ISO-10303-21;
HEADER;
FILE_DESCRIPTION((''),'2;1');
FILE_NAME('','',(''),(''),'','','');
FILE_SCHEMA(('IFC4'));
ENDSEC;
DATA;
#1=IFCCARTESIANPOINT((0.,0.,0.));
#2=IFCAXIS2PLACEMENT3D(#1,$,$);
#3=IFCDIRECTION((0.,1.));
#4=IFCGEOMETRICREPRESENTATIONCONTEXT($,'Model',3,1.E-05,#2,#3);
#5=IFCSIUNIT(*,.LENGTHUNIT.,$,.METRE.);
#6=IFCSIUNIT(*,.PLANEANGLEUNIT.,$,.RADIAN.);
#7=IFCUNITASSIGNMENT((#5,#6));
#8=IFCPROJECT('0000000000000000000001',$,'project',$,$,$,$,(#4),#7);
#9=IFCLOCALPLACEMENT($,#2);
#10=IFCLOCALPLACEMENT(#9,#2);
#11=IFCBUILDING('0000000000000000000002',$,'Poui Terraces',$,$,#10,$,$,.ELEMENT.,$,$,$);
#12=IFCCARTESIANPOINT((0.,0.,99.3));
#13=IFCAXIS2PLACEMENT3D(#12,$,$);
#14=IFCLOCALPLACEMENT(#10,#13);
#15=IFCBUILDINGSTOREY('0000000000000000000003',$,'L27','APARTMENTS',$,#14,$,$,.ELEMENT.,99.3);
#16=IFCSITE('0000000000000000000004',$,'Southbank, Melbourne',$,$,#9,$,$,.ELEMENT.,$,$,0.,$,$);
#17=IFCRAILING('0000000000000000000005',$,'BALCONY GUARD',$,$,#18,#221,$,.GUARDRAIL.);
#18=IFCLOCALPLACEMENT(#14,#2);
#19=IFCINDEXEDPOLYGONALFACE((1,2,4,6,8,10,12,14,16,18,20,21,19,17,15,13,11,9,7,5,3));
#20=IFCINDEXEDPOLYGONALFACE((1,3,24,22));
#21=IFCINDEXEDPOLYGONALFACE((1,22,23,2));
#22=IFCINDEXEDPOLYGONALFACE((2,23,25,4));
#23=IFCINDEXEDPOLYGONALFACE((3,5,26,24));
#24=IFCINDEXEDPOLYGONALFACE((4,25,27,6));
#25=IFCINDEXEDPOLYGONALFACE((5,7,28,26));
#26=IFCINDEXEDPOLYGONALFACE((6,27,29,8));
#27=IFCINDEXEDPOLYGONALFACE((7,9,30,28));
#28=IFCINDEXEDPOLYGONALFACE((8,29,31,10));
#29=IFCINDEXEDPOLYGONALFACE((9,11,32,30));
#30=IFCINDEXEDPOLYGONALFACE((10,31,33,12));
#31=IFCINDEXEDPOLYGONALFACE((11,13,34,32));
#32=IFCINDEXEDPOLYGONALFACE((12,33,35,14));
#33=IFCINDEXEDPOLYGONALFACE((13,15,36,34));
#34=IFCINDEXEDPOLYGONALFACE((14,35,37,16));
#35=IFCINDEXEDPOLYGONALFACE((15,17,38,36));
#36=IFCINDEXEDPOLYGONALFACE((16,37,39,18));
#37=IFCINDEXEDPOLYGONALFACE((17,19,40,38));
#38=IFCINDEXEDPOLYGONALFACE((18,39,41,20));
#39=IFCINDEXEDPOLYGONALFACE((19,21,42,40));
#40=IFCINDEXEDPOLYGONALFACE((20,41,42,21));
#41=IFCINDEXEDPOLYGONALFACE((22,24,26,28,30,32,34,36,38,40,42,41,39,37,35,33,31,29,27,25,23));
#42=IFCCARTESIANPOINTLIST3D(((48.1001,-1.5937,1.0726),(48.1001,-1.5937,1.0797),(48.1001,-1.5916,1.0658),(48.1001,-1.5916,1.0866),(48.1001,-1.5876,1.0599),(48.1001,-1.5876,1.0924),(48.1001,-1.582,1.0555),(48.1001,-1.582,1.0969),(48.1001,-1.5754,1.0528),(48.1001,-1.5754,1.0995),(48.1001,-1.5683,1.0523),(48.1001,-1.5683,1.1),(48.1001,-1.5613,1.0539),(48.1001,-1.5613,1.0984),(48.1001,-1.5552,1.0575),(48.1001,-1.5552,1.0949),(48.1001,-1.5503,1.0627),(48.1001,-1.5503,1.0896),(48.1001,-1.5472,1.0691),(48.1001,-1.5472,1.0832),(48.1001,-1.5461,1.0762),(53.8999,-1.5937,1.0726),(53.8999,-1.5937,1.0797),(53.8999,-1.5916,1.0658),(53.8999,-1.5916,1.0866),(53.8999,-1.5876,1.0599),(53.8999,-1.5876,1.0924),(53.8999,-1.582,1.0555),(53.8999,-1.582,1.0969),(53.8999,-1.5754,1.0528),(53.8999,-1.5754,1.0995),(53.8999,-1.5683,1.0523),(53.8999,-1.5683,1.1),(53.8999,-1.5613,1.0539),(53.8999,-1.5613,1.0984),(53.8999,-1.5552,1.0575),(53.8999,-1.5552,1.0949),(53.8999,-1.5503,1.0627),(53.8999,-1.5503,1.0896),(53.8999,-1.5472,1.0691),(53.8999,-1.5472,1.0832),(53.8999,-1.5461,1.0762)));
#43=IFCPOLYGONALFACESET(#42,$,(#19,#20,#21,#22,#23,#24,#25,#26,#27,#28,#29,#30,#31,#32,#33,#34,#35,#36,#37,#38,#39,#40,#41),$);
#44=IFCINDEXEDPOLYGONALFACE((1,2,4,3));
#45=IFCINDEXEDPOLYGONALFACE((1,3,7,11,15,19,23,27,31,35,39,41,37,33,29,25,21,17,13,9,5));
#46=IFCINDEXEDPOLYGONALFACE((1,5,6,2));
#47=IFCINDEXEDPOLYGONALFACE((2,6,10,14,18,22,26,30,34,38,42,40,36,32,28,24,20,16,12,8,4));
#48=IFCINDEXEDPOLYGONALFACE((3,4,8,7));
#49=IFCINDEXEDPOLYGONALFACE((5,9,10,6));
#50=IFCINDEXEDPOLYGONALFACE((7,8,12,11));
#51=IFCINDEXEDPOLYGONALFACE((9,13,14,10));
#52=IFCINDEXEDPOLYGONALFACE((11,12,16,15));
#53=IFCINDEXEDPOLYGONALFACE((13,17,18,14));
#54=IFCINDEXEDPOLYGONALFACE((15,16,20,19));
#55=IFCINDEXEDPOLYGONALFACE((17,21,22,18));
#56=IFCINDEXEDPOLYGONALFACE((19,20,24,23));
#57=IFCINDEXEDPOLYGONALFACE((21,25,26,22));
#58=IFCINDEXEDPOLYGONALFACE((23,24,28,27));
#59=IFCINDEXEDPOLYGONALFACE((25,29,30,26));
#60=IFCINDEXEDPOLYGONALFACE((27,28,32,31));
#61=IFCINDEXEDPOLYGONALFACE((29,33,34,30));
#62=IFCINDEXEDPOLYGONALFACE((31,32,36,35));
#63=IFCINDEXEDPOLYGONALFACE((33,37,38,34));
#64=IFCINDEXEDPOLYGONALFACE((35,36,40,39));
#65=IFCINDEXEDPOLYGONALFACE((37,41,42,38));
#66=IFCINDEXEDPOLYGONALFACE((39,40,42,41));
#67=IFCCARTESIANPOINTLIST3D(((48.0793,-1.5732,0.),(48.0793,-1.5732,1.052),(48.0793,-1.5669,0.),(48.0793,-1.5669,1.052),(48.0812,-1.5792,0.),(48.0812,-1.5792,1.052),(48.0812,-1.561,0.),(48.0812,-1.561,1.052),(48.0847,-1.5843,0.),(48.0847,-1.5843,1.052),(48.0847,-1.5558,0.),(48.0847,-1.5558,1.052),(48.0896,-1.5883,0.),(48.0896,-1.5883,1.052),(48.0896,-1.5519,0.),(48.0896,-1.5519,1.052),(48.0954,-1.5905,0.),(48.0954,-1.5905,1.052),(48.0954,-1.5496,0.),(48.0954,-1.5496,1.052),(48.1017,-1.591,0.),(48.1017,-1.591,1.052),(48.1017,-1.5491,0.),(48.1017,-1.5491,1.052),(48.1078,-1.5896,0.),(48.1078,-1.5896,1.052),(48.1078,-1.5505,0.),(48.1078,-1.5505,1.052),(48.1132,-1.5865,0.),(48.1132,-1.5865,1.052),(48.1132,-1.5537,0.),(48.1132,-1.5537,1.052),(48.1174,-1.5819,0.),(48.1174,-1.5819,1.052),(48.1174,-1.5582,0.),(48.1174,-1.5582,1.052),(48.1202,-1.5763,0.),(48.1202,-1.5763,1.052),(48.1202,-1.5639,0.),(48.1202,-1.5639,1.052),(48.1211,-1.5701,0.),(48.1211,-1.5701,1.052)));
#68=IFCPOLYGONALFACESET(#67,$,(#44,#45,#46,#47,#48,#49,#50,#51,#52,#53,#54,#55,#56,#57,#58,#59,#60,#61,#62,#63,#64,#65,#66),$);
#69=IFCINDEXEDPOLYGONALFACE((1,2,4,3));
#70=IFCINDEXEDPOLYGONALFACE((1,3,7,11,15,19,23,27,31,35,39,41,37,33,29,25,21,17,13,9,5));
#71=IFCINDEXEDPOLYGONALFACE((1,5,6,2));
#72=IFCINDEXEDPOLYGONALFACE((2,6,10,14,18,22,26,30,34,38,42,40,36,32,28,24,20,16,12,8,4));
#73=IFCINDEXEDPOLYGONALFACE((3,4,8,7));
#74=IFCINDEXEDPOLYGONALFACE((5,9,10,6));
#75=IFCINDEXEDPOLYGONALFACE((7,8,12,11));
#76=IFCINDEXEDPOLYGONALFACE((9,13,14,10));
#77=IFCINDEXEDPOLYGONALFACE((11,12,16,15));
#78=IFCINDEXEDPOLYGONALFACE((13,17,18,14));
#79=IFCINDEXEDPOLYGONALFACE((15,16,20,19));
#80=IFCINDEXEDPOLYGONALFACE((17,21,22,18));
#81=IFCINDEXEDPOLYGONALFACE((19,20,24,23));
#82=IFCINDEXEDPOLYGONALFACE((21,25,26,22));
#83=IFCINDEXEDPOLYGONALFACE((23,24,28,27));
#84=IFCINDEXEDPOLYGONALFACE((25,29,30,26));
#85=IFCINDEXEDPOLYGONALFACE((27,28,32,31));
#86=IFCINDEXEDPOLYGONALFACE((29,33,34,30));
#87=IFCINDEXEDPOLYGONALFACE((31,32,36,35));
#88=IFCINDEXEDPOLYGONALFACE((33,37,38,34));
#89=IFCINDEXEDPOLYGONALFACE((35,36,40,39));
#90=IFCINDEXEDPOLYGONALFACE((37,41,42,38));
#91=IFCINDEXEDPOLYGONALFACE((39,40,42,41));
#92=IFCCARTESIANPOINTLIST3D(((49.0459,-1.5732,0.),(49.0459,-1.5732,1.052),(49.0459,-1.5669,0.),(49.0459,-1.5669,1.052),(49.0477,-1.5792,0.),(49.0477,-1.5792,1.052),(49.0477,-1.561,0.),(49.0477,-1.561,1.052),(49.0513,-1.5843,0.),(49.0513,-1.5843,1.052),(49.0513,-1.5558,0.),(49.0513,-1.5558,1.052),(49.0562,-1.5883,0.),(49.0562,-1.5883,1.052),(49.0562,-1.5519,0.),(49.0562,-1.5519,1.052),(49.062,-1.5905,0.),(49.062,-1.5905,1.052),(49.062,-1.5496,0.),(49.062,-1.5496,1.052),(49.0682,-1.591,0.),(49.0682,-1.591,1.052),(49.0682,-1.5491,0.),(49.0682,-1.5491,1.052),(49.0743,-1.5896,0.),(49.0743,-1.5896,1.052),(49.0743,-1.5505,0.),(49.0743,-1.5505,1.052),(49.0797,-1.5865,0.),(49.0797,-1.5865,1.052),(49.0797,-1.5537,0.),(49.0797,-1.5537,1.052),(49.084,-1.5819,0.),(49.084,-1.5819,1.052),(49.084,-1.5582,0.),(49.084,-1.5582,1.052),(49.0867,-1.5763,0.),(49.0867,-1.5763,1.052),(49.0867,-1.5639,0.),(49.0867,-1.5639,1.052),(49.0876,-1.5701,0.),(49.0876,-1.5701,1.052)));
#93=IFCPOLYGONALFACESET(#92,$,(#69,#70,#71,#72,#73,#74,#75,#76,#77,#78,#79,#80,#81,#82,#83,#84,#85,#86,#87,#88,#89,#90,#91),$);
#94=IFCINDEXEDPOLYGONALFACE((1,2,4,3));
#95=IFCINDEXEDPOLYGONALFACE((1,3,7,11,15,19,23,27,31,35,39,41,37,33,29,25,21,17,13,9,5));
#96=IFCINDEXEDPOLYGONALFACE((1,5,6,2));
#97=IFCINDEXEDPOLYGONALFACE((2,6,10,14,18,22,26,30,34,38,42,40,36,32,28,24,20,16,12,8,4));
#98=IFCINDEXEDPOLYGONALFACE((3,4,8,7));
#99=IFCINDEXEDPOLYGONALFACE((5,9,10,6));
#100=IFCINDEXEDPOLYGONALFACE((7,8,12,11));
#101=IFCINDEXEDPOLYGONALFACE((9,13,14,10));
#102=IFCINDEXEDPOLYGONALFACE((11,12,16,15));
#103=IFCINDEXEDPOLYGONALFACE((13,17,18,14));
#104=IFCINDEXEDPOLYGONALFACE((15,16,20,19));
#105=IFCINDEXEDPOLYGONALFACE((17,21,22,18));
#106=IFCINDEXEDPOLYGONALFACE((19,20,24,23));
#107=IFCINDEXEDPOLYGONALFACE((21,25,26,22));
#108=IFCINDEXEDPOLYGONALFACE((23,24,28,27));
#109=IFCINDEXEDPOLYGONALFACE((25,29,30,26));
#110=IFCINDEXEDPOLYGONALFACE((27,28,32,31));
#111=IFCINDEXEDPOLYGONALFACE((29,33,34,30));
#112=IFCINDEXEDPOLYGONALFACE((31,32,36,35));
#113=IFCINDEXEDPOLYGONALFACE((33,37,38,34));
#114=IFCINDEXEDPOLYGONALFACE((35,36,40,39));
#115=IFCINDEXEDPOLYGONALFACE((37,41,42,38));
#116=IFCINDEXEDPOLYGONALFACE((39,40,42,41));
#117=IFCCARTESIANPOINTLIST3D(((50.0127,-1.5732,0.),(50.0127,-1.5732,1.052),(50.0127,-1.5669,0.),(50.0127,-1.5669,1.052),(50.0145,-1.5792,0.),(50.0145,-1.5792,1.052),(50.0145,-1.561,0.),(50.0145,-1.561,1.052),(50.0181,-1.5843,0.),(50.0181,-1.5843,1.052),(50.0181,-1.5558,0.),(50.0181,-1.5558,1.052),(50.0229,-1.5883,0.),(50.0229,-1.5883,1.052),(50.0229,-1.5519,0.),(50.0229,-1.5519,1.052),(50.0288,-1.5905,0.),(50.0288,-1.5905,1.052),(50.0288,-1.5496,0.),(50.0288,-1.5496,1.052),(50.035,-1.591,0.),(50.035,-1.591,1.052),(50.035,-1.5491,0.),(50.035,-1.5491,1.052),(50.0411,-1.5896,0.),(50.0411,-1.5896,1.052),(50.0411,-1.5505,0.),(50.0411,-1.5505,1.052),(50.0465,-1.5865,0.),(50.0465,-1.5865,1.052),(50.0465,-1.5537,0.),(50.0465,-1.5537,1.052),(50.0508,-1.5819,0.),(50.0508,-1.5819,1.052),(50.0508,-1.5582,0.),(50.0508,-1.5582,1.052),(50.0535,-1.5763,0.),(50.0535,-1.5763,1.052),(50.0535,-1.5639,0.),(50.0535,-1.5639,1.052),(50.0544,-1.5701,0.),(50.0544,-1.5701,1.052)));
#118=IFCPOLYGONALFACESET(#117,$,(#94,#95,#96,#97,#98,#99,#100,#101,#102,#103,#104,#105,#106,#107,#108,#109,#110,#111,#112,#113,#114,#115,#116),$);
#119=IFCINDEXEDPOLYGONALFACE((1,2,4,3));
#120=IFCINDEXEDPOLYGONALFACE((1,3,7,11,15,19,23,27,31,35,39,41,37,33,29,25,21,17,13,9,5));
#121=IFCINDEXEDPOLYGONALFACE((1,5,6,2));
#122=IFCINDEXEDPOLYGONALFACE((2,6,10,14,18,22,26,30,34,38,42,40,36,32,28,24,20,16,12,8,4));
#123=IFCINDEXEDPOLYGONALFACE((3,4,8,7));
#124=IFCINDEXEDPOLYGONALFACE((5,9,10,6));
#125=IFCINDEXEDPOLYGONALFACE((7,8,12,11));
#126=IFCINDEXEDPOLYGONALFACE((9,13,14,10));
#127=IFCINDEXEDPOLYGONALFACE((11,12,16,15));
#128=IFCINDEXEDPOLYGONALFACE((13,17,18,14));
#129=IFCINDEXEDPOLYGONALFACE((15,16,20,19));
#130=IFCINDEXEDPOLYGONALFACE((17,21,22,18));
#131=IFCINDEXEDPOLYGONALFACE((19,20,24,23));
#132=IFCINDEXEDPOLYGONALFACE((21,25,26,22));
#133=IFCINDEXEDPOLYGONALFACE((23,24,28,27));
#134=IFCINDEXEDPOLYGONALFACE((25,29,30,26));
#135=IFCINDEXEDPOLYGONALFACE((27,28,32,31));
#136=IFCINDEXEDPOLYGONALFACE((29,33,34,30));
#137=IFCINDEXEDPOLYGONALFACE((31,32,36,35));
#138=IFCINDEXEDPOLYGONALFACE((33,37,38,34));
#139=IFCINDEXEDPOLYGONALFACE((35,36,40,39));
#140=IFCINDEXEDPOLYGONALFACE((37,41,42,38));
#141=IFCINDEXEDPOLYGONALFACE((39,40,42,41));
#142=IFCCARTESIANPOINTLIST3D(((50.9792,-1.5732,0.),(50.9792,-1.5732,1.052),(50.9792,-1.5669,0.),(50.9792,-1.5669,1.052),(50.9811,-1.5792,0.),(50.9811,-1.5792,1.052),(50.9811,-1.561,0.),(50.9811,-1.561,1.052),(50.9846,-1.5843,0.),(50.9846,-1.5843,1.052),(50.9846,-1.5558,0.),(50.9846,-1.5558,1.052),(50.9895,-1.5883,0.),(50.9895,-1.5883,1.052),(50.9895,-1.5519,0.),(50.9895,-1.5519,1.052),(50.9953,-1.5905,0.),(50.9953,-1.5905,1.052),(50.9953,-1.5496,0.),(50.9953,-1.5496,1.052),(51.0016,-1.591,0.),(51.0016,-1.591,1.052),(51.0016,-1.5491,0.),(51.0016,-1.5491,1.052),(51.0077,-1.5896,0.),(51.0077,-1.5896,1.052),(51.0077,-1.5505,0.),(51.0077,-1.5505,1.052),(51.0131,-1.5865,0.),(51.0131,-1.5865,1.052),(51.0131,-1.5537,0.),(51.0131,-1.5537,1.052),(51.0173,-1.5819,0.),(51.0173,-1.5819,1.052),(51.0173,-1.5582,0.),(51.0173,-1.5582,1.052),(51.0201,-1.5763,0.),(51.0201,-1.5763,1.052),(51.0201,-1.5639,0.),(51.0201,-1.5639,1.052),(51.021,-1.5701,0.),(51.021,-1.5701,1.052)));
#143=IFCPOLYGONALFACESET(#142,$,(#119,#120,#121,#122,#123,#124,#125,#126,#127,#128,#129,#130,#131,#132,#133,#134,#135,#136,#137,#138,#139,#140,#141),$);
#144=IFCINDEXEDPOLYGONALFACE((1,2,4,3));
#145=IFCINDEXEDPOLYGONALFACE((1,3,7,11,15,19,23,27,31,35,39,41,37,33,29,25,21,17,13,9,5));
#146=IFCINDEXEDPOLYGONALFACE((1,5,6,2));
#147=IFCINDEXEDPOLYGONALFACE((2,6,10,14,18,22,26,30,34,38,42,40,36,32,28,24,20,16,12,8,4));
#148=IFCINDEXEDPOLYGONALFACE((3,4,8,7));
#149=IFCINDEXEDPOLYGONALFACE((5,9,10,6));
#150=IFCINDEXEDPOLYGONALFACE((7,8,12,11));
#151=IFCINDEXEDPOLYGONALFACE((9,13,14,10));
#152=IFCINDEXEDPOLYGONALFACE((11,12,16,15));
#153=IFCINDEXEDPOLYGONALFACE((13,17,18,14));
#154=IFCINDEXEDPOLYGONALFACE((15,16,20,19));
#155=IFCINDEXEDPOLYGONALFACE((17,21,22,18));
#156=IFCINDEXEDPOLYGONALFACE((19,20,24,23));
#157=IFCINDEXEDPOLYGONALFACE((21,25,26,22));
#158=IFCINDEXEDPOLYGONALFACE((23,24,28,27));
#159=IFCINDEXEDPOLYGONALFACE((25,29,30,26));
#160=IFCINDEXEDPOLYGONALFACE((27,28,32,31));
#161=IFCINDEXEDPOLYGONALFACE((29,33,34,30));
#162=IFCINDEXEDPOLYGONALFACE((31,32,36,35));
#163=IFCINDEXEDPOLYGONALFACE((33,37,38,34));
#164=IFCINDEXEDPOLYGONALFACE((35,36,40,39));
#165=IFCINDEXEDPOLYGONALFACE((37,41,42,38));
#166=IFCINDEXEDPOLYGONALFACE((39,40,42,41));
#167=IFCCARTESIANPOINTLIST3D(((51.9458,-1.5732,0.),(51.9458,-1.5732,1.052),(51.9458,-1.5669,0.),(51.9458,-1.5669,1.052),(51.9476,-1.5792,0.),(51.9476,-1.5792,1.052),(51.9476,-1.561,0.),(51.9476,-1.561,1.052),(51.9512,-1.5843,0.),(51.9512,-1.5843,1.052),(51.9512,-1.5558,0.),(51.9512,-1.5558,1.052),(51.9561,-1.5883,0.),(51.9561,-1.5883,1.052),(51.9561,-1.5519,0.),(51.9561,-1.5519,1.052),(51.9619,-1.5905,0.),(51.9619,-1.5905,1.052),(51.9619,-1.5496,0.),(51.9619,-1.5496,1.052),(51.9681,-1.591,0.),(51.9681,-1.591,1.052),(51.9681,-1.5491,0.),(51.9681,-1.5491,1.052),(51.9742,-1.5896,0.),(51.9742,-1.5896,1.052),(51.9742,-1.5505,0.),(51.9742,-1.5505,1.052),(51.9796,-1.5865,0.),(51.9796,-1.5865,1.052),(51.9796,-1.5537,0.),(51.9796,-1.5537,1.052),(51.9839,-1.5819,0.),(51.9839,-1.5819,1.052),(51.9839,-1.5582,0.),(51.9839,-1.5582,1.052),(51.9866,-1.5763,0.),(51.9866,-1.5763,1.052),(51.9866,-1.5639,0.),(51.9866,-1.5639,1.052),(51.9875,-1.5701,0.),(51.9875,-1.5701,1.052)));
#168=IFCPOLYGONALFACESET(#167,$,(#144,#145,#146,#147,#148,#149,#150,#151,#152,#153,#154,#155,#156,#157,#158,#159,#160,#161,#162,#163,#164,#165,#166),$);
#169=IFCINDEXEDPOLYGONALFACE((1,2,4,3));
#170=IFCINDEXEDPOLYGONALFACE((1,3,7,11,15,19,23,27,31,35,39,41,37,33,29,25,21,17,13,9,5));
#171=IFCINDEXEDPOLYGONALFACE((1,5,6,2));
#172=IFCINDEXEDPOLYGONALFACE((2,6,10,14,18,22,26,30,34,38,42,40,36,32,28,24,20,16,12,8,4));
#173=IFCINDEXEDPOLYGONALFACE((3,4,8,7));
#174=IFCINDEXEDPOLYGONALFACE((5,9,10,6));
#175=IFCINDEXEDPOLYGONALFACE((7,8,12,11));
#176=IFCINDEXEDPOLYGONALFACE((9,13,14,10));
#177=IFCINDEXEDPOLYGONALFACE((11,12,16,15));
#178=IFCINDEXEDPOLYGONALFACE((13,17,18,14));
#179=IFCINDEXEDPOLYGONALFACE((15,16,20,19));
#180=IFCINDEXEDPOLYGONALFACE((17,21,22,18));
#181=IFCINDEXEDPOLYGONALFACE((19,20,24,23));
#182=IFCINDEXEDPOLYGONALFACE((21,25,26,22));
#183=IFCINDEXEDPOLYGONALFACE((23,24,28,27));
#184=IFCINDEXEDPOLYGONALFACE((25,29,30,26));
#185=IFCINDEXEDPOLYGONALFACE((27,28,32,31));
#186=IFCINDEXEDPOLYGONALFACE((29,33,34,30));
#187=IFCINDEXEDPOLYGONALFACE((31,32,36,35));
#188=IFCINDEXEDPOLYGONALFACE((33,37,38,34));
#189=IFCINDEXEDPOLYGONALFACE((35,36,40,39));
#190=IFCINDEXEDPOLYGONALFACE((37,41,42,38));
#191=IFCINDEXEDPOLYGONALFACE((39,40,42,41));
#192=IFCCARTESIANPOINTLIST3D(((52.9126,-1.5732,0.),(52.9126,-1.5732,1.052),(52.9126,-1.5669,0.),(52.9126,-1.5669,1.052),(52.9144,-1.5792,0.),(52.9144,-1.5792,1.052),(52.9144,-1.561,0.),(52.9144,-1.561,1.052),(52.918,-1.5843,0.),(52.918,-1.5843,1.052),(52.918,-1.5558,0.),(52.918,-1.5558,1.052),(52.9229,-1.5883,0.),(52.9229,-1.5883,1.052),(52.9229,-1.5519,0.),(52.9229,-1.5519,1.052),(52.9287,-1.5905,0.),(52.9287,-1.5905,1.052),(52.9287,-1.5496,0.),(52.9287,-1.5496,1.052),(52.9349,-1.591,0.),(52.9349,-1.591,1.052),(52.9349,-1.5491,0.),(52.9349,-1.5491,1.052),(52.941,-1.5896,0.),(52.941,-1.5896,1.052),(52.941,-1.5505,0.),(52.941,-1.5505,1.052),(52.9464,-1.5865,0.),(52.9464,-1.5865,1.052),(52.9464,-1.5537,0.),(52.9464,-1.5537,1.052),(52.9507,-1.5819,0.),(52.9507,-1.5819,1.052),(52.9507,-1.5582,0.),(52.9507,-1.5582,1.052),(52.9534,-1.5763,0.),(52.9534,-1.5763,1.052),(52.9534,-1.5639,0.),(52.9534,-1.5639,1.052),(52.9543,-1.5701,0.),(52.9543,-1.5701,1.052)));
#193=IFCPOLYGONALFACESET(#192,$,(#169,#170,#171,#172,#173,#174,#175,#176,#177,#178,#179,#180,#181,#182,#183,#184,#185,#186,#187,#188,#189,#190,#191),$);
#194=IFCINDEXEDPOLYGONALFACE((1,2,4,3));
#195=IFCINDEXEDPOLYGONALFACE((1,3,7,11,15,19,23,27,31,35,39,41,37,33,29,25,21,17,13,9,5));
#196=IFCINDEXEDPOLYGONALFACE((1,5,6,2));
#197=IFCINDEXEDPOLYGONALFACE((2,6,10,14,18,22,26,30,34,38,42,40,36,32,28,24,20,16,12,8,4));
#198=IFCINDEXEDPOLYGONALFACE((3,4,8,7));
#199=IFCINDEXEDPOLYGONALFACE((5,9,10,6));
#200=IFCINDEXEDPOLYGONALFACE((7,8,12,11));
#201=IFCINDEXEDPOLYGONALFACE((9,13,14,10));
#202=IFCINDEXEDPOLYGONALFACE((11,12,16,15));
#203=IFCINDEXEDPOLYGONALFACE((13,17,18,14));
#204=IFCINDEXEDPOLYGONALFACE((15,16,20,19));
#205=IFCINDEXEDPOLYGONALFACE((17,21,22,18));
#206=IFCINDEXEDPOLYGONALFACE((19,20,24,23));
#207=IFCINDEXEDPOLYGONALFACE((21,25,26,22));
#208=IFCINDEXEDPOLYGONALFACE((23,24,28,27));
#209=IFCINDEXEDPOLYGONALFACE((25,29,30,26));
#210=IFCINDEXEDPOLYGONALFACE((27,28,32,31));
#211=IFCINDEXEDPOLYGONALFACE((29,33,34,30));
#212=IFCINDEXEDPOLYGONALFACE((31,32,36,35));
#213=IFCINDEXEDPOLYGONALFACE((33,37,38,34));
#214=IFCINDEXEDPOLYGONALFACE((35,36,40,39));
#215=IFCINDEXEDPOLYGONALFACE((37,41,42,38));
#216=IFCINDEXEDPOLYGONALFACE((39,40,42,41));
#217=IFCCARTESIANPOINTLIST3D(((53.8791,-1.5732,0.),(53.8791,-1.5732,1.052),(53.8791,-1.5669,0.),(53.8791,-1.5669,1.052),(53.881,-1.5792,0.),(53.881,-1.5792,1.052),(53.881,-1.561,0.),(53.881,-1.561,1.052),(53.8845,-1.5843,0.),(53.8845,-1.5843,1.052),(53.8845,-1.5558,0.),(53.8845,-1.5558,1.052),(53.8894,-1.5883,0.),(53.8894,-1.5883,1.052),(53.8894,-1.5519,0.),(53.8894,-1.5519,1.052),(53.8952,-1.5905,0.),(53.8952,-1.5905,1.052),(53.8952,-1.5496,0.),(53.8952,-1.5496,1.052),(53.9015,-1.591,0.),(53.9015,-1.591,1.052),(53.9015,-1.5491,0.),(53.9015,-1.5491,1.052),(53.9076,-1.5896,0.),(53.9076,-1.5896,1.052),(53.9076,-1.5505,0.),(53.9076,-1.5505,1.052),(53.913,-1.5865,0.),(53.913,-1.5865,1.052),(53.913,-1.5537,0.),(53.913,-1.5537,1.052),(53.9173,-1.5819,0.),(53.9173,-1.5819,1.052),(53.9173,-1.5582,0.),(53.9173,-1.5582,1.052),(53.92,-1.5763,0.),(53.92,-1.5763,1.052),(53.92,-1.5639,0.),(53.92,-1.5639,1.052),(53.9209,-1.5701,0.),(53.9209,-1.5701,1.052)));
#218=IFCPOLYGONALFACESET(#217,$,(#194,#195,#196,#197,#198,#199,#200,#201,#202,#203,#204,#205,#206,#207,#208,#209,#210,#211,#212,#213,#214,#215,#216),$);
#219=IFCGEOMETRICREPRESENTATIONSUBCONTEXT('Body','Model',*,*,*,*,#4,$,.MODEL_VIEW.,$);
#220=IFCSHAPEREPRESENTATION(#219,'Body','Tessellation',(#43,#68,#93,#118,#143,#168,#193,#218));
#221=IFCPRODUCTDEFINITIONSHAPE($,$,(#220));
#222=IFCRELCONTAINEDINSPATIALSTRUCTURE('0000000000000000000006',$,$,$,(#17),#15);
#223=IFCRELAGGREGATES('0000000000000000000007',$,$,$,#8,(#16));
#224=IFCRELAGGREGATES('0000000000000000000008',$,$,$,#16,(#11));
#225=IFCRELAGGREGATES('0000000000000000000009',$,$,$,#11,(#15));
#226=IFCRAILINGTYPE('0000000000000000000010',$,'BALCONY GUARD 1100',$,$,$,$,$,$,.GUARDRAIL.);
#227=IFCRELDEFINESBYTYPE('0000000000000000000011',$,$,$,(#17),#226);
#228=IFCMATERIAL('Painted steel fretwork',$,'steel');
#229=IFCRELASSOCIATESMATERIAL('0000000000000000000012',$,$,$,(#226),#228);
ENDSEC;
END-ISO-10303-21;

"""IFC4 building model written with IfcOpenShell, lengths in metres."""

from ifc_helpers import new_model, si_unit, direction, frame, origin, origin_2d, place, context, subcontext, project, spatial, circle, extrude, material, type_object, element, save


model = new_model("IFC4")

# Units and contexts
model_context = context("Model", 3, precision=1e-05, world=origin(), true_north=direction((0.0, 1.0)))
body_context = subcontext(model_context, "Body", "Model", "MODEL_VIEW")
ifc_project = project(units=[si_unit("LENGTHUNIT", "METRE"), si_unit("PLANEANGLEUNIT", "RADIAN")], contexts=[model_context])

# Site, building, storey
site_placement = place(None, origin())
site = spatial("IfcSite", under=ifc_project, at=site_placement, Name="Southbank, Melbourne", CompositionType="ELEMENT", RefElevation=0.0)
building_placement = place(site_placement, origin())
building = spatial("IfcBuilding", under=site, at=building_placement, Name="Poui Terraces", CompositionType="ELEMENT")
storey_placement = place(building_placement, frame((0.0, 0.0, 99.3)))
storey = spatial("IfcBuildingStorey", under=building, at=storey_placement, Name="L27", Description="APARTMENTS", CompositionType="ELEMENT", Elevation=99.3)

# Railing
ifc_material_1 = material(Name="Painted steel fretwork", Category="steel")
railing_type = type_object("IfcRailingType", Name="BALCONY GUARD 1100", PredefinedType="GUARDRAIL", material=ifc_material_1)
for number, where, name in (
    (1, (48.1001, -1.5701, 0.0), "BALCONY GUARD"),
):
    element("IfcRailing", number, at=place(storey_placement, frame(where)), inside=storey, type_object=railing_type, Name=name, PredefinedType="GUARDRAIL", context=body_context, shape_type="SweptSolid", body=[
        extrude(circle(Radius=0.0239, at=origin_2d()), frame((0.0, 0.0, 1.0762), z_axis=(1.0, 0.0, 0.0), x_axis=(0.0, 1.0, 0.0)), (0.0, 0.0, 1.0), 5.7998),
        extrude(circle(Radius=0.021, at=origin_2d()), origin(), (0.0, 0.0, 1.0), 1.052),
        extrude(circle(Radius=0.021, at=origin_2d()), frame((0.9666, 0.0, 0.0)), (0.0, 0.0, 1.0), 1.052),
        extrude(circle(Radius=0.021, at=origin_2d()), frame((1.9333, 0.0, 0.0)), (0.0, 0.0, 1.0), 1.052),
        extrude(circle(Radius=0.021, at=origin_2d()), frame((2.8999, 0.0, 0.0)), (0.0, 0.0, 1.0), 1.052),
        extrude(circle(Radius=0.021, at=origin_2d()), frame((3.8665, 0.0, 0.0)), (0.0, 0.0, 1.0), 1.052),
        extrude(circle(Radius=0.021, at=origin_2d()), frame((4.8333, 0.0, 0.0)), (0.0, 0.0, 1.0), 1.052),
        extrude(circle(Radius=0.021, at=origin_2d()), frame((5.7998, 0.0, 0.0)), (0.0, 0.0, 1.0), 1.052),
    ])

save(model, "model.ifc")
